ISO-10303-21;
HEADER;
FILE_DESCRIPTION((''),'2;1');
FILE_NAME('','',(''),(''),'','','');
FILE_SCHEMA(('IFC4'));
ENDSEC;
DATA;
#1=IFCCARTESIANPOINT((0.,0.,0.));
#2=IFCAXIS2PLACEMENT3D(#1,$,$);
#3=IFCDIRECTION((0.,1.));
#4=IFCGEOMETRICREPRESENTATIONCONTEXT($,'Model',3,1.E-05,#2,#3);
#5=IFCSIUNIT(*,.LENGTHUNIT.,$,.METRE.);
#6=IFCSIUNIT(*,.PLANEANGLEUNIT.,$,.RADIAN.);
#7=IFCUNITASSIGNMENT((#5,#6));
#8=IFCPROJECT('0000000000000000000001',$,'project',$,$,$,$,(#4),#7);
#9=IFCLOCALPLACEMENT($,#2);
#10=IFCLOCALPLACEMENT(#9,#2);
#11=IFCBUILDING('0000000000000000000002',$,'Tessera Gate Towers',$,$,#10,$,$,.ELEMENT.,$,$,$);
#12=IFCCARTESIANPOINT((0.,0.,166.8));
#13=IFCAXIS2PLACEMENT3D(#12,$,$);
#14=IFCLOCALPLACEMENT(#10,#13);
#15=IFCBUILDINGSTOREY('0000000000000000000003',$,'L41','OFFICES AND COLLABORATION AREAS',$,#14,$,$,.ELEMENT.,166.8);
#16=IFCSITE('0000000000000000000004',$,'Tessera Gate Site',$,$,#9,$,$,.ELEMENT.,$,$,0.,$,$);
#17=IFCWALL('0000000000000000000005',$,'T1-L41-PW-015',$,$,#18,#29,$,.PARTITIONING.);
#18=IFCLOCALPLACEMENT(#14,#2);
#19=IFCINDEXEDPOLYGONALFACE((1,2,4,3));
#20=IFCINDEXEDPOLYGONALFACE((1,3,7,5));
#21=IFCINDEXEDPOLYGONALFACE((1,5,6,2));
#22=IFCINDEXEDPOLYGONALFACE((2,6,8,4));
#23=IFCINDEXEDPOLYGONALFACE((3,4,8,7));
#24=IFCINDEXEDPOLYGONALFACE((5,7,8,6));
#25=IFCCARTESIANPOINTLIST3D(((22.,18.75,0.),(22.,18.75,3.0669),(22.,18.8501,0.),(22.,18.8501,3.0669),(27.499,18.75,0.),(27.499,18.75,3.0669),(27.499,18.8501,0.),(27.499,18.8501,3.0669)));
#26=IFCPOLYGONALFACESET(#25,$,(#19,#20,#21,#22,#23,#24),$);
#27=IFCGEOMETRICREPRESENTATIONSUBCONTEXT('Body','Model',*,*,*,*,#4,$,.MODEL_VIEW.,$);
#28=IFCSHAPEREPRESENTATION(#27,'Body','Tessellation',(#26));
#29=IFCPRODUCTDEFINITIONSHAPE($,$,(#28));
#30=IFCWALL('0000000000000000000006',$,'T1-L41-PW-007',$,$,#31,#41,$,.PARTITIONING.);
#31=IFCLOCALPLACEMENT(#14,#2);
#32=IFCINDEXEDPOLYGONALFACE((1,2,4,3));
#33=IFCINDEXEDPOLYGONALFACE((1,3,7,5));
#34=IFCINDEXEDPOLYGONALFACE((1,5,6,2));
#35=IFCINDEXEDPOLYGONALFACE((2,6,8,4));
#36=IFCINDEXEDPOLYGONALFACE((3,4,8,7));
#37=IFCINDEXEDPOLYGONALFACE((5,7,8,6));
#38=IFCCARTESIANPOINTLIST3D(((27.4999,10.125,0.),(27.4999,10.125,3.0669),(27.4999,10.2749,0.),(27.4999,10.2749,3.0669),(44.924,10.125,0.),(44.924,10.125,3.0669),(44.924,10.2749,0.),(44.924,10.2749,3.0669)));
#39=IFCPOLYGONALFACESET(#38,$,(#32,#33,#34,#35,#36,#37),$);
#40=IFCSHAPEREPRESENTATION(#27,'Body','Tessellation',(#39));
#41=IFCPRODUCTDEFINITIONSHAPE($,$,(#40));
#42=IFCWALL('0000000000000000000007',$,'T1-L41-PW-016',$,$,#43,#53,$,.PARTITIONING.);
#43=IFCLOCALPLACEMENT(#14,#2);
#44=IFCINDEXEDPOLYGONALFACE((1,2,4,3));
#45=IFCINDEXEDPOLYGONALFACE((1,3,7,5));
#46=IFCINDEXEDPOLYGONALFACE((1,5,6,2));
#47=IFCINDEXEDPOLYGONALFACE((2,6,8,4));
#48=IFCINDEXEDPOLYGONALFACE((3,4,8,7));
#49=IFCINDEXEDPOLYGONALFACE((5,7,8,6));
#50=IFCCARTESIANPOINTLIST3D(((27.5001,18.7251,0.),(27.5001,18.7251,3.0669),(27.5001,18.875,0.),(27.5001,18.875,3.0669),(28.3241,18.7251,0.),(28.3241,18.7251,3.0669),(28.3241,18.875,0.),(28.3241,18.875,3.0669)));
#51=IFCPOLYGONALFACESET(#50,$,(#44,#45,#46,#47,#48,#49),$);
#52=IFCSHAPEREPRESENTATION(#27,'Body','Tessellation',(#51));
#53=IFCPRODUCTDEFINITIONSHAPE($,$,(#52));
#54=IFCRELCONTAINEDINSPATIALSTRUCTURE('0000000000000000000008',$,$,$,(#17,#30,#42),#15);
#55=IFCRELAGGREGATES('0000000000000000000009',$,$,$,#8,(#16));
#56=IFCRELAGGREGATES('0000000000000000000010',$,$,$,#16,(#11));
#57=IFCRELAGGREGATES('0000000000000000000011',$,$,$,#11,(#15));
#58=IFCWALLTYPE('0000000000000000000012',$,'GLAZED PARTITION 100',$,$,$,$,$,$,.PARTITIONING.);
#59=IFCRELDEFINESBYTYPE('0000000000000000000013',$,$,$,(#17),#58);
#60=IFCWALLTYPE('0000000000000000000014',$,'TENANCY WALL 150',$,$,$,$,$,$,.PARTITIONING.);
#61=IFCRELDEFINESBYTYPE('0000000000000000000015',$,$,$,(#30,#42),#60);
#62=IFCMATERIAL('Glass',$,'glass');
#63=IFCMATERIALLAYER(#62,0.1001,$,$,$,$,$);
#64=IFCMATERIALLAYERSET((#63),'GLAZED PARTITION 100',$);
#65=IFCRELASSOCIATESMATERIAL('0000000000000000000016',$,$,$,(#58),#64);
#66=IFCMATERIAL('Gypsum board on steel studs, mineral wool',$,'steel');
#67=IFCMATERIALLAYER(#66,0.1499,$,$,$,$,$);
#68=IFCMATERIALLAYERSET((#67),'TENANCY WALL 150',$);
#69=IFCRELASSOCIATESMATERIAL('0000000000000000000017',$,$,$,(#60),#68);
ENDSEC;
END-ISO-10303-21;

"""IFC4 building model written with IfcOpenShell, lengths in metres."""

from ifc_helpers import new_model, si_unit, direction, frame, frame_2d, origin, place, context, subcontext, project, spatial, rectangle, extrude, material, layer, layer_set, type_object, element, save


model = new_model("IFC4")

# Units and contexts
model_context = context("Model", 3, precision=1e-05, world=origin(), true_north=direction((0.0, 1.0)))
body_context = subcontext(model_context, "Body", "Model", "MODEL_VIEW")
ifc_project = project(units=[si_unit("LENGTHUNIT", "METRE"), si_unit("PLANEANGLEUNIT", "RADIAN")], contexts=[model_context])

# Site, building, storey
site_placement = place(None, origin())
site = spatial("IfcSite", under=ifc_project, at=site_placement, Name="Tessera Gate Site", CompositionType="ELEMENT", RefElevation=0.0)
building_placement = place(site_placement, origin())
building = spatial("IfcBuilding", under=site, at=building_placement, Name="Tessera Gate Towers", CompositionType="ELEMENT")
storey_placement = place(building_placement, frame((0.0, 0.0, 166.8)))
storey = spatial("IfcBuildingStorey", under=building, at=storey_placement, Name="L41", Description="OFFICES AND COLLABORATION AREAS", CompositionType="ELEMENT", Elevation=166.8)

# Shared definitions
ifc_material_1 = material(Name="Glass", Category="glass")
ifc_layer_1 = layer(ifc_material_1, 0.1001)
ifc_layer_set_1 = layer_set([ifc_layer_1], Name="GLAZED PARTITION 100")
wall_type_1 = type_object("IfcWallType", Name="GLAZED PARTITION 100", PredefinedType="PARTITIONING", material=ifc_layer_set_1)

# Walls
wall_1_placement = place(storey_placement, frame((22.0, 18.8, 0.0), z_axis=(0.0, 0.0, 1.0), x_axis=(1.0, 0.0, 0.0)))
element("IfcWall", 1, at=wall_1_placement, inside=storey, type_object=wall_type_1, Name="T1-L41-PW-015", PredefinedType="PARTITIONING", context=body_context, shape_type="SweptSolid", body=[
    extrude(rectangle(XDim=5.499, YDim=0.1001, at=frame_2d((2.7495, 0.0))), origin(), (0.0, 0.0, 1.0), 3.0669),
])
ifc_material_2 = material(Name="Gypsum board on steel studs, mineral wool", Category="steel")
ifc_layer_2 = layer(ifc_material_2, 0.1499)
ifc_layer_set_2 = layer_set([ifc_layer_2], Name="TENANCY WALL 150")
wall_type_2 = type_object("IfcWallType", Name="TENANCY WALL 150", PredefinedType="PARTITIONING", material=ifc_layer_set_2)
wall_2_placement = place(storey_placement, frame((27.5, 10.2, 0.0), z_axis=(0.0, 0.0, 1.0), x_axis=(1.0, 0.0, 0.0)))
element("IfcWall", 2, at=wall_2_placement, inside=storey, type_object=wall_type_2, Name="T1-L41-PW-007", PredefinedType="PARTITIONING", context=body_context, shape_type="SweptSolid", body=[
    extrude(rectangle(XDim=17.4241, YDim=0.1499, at=frame_2d((8.7119, 0.0))), origin(), (0.0, 0.0, 1.0), 3.0669),
])
wall_3_placement = place(storey_placement, frame((27.5, 18.8, 0.0), z_axis=(0.0, 0.0, 1.0), x_axis=(1.0, 0.0, 0.0)))
element("IfcWall", 3, at=wall_3_placement, inside=storey, type_object=wall_type_2, Name="T1-L41-PW-016", PredefinedType="PARTITIONING", context=body_context, shape_type="SweptSolid", body=[
    extrude(rectangle(XDim=0.824, YDim=0.1499, at=frame_2d((0.4121, 0.0))), origin(), (0.0, 0.0, 1.0), 3.0669),
])

save(model, "model.ifc")
